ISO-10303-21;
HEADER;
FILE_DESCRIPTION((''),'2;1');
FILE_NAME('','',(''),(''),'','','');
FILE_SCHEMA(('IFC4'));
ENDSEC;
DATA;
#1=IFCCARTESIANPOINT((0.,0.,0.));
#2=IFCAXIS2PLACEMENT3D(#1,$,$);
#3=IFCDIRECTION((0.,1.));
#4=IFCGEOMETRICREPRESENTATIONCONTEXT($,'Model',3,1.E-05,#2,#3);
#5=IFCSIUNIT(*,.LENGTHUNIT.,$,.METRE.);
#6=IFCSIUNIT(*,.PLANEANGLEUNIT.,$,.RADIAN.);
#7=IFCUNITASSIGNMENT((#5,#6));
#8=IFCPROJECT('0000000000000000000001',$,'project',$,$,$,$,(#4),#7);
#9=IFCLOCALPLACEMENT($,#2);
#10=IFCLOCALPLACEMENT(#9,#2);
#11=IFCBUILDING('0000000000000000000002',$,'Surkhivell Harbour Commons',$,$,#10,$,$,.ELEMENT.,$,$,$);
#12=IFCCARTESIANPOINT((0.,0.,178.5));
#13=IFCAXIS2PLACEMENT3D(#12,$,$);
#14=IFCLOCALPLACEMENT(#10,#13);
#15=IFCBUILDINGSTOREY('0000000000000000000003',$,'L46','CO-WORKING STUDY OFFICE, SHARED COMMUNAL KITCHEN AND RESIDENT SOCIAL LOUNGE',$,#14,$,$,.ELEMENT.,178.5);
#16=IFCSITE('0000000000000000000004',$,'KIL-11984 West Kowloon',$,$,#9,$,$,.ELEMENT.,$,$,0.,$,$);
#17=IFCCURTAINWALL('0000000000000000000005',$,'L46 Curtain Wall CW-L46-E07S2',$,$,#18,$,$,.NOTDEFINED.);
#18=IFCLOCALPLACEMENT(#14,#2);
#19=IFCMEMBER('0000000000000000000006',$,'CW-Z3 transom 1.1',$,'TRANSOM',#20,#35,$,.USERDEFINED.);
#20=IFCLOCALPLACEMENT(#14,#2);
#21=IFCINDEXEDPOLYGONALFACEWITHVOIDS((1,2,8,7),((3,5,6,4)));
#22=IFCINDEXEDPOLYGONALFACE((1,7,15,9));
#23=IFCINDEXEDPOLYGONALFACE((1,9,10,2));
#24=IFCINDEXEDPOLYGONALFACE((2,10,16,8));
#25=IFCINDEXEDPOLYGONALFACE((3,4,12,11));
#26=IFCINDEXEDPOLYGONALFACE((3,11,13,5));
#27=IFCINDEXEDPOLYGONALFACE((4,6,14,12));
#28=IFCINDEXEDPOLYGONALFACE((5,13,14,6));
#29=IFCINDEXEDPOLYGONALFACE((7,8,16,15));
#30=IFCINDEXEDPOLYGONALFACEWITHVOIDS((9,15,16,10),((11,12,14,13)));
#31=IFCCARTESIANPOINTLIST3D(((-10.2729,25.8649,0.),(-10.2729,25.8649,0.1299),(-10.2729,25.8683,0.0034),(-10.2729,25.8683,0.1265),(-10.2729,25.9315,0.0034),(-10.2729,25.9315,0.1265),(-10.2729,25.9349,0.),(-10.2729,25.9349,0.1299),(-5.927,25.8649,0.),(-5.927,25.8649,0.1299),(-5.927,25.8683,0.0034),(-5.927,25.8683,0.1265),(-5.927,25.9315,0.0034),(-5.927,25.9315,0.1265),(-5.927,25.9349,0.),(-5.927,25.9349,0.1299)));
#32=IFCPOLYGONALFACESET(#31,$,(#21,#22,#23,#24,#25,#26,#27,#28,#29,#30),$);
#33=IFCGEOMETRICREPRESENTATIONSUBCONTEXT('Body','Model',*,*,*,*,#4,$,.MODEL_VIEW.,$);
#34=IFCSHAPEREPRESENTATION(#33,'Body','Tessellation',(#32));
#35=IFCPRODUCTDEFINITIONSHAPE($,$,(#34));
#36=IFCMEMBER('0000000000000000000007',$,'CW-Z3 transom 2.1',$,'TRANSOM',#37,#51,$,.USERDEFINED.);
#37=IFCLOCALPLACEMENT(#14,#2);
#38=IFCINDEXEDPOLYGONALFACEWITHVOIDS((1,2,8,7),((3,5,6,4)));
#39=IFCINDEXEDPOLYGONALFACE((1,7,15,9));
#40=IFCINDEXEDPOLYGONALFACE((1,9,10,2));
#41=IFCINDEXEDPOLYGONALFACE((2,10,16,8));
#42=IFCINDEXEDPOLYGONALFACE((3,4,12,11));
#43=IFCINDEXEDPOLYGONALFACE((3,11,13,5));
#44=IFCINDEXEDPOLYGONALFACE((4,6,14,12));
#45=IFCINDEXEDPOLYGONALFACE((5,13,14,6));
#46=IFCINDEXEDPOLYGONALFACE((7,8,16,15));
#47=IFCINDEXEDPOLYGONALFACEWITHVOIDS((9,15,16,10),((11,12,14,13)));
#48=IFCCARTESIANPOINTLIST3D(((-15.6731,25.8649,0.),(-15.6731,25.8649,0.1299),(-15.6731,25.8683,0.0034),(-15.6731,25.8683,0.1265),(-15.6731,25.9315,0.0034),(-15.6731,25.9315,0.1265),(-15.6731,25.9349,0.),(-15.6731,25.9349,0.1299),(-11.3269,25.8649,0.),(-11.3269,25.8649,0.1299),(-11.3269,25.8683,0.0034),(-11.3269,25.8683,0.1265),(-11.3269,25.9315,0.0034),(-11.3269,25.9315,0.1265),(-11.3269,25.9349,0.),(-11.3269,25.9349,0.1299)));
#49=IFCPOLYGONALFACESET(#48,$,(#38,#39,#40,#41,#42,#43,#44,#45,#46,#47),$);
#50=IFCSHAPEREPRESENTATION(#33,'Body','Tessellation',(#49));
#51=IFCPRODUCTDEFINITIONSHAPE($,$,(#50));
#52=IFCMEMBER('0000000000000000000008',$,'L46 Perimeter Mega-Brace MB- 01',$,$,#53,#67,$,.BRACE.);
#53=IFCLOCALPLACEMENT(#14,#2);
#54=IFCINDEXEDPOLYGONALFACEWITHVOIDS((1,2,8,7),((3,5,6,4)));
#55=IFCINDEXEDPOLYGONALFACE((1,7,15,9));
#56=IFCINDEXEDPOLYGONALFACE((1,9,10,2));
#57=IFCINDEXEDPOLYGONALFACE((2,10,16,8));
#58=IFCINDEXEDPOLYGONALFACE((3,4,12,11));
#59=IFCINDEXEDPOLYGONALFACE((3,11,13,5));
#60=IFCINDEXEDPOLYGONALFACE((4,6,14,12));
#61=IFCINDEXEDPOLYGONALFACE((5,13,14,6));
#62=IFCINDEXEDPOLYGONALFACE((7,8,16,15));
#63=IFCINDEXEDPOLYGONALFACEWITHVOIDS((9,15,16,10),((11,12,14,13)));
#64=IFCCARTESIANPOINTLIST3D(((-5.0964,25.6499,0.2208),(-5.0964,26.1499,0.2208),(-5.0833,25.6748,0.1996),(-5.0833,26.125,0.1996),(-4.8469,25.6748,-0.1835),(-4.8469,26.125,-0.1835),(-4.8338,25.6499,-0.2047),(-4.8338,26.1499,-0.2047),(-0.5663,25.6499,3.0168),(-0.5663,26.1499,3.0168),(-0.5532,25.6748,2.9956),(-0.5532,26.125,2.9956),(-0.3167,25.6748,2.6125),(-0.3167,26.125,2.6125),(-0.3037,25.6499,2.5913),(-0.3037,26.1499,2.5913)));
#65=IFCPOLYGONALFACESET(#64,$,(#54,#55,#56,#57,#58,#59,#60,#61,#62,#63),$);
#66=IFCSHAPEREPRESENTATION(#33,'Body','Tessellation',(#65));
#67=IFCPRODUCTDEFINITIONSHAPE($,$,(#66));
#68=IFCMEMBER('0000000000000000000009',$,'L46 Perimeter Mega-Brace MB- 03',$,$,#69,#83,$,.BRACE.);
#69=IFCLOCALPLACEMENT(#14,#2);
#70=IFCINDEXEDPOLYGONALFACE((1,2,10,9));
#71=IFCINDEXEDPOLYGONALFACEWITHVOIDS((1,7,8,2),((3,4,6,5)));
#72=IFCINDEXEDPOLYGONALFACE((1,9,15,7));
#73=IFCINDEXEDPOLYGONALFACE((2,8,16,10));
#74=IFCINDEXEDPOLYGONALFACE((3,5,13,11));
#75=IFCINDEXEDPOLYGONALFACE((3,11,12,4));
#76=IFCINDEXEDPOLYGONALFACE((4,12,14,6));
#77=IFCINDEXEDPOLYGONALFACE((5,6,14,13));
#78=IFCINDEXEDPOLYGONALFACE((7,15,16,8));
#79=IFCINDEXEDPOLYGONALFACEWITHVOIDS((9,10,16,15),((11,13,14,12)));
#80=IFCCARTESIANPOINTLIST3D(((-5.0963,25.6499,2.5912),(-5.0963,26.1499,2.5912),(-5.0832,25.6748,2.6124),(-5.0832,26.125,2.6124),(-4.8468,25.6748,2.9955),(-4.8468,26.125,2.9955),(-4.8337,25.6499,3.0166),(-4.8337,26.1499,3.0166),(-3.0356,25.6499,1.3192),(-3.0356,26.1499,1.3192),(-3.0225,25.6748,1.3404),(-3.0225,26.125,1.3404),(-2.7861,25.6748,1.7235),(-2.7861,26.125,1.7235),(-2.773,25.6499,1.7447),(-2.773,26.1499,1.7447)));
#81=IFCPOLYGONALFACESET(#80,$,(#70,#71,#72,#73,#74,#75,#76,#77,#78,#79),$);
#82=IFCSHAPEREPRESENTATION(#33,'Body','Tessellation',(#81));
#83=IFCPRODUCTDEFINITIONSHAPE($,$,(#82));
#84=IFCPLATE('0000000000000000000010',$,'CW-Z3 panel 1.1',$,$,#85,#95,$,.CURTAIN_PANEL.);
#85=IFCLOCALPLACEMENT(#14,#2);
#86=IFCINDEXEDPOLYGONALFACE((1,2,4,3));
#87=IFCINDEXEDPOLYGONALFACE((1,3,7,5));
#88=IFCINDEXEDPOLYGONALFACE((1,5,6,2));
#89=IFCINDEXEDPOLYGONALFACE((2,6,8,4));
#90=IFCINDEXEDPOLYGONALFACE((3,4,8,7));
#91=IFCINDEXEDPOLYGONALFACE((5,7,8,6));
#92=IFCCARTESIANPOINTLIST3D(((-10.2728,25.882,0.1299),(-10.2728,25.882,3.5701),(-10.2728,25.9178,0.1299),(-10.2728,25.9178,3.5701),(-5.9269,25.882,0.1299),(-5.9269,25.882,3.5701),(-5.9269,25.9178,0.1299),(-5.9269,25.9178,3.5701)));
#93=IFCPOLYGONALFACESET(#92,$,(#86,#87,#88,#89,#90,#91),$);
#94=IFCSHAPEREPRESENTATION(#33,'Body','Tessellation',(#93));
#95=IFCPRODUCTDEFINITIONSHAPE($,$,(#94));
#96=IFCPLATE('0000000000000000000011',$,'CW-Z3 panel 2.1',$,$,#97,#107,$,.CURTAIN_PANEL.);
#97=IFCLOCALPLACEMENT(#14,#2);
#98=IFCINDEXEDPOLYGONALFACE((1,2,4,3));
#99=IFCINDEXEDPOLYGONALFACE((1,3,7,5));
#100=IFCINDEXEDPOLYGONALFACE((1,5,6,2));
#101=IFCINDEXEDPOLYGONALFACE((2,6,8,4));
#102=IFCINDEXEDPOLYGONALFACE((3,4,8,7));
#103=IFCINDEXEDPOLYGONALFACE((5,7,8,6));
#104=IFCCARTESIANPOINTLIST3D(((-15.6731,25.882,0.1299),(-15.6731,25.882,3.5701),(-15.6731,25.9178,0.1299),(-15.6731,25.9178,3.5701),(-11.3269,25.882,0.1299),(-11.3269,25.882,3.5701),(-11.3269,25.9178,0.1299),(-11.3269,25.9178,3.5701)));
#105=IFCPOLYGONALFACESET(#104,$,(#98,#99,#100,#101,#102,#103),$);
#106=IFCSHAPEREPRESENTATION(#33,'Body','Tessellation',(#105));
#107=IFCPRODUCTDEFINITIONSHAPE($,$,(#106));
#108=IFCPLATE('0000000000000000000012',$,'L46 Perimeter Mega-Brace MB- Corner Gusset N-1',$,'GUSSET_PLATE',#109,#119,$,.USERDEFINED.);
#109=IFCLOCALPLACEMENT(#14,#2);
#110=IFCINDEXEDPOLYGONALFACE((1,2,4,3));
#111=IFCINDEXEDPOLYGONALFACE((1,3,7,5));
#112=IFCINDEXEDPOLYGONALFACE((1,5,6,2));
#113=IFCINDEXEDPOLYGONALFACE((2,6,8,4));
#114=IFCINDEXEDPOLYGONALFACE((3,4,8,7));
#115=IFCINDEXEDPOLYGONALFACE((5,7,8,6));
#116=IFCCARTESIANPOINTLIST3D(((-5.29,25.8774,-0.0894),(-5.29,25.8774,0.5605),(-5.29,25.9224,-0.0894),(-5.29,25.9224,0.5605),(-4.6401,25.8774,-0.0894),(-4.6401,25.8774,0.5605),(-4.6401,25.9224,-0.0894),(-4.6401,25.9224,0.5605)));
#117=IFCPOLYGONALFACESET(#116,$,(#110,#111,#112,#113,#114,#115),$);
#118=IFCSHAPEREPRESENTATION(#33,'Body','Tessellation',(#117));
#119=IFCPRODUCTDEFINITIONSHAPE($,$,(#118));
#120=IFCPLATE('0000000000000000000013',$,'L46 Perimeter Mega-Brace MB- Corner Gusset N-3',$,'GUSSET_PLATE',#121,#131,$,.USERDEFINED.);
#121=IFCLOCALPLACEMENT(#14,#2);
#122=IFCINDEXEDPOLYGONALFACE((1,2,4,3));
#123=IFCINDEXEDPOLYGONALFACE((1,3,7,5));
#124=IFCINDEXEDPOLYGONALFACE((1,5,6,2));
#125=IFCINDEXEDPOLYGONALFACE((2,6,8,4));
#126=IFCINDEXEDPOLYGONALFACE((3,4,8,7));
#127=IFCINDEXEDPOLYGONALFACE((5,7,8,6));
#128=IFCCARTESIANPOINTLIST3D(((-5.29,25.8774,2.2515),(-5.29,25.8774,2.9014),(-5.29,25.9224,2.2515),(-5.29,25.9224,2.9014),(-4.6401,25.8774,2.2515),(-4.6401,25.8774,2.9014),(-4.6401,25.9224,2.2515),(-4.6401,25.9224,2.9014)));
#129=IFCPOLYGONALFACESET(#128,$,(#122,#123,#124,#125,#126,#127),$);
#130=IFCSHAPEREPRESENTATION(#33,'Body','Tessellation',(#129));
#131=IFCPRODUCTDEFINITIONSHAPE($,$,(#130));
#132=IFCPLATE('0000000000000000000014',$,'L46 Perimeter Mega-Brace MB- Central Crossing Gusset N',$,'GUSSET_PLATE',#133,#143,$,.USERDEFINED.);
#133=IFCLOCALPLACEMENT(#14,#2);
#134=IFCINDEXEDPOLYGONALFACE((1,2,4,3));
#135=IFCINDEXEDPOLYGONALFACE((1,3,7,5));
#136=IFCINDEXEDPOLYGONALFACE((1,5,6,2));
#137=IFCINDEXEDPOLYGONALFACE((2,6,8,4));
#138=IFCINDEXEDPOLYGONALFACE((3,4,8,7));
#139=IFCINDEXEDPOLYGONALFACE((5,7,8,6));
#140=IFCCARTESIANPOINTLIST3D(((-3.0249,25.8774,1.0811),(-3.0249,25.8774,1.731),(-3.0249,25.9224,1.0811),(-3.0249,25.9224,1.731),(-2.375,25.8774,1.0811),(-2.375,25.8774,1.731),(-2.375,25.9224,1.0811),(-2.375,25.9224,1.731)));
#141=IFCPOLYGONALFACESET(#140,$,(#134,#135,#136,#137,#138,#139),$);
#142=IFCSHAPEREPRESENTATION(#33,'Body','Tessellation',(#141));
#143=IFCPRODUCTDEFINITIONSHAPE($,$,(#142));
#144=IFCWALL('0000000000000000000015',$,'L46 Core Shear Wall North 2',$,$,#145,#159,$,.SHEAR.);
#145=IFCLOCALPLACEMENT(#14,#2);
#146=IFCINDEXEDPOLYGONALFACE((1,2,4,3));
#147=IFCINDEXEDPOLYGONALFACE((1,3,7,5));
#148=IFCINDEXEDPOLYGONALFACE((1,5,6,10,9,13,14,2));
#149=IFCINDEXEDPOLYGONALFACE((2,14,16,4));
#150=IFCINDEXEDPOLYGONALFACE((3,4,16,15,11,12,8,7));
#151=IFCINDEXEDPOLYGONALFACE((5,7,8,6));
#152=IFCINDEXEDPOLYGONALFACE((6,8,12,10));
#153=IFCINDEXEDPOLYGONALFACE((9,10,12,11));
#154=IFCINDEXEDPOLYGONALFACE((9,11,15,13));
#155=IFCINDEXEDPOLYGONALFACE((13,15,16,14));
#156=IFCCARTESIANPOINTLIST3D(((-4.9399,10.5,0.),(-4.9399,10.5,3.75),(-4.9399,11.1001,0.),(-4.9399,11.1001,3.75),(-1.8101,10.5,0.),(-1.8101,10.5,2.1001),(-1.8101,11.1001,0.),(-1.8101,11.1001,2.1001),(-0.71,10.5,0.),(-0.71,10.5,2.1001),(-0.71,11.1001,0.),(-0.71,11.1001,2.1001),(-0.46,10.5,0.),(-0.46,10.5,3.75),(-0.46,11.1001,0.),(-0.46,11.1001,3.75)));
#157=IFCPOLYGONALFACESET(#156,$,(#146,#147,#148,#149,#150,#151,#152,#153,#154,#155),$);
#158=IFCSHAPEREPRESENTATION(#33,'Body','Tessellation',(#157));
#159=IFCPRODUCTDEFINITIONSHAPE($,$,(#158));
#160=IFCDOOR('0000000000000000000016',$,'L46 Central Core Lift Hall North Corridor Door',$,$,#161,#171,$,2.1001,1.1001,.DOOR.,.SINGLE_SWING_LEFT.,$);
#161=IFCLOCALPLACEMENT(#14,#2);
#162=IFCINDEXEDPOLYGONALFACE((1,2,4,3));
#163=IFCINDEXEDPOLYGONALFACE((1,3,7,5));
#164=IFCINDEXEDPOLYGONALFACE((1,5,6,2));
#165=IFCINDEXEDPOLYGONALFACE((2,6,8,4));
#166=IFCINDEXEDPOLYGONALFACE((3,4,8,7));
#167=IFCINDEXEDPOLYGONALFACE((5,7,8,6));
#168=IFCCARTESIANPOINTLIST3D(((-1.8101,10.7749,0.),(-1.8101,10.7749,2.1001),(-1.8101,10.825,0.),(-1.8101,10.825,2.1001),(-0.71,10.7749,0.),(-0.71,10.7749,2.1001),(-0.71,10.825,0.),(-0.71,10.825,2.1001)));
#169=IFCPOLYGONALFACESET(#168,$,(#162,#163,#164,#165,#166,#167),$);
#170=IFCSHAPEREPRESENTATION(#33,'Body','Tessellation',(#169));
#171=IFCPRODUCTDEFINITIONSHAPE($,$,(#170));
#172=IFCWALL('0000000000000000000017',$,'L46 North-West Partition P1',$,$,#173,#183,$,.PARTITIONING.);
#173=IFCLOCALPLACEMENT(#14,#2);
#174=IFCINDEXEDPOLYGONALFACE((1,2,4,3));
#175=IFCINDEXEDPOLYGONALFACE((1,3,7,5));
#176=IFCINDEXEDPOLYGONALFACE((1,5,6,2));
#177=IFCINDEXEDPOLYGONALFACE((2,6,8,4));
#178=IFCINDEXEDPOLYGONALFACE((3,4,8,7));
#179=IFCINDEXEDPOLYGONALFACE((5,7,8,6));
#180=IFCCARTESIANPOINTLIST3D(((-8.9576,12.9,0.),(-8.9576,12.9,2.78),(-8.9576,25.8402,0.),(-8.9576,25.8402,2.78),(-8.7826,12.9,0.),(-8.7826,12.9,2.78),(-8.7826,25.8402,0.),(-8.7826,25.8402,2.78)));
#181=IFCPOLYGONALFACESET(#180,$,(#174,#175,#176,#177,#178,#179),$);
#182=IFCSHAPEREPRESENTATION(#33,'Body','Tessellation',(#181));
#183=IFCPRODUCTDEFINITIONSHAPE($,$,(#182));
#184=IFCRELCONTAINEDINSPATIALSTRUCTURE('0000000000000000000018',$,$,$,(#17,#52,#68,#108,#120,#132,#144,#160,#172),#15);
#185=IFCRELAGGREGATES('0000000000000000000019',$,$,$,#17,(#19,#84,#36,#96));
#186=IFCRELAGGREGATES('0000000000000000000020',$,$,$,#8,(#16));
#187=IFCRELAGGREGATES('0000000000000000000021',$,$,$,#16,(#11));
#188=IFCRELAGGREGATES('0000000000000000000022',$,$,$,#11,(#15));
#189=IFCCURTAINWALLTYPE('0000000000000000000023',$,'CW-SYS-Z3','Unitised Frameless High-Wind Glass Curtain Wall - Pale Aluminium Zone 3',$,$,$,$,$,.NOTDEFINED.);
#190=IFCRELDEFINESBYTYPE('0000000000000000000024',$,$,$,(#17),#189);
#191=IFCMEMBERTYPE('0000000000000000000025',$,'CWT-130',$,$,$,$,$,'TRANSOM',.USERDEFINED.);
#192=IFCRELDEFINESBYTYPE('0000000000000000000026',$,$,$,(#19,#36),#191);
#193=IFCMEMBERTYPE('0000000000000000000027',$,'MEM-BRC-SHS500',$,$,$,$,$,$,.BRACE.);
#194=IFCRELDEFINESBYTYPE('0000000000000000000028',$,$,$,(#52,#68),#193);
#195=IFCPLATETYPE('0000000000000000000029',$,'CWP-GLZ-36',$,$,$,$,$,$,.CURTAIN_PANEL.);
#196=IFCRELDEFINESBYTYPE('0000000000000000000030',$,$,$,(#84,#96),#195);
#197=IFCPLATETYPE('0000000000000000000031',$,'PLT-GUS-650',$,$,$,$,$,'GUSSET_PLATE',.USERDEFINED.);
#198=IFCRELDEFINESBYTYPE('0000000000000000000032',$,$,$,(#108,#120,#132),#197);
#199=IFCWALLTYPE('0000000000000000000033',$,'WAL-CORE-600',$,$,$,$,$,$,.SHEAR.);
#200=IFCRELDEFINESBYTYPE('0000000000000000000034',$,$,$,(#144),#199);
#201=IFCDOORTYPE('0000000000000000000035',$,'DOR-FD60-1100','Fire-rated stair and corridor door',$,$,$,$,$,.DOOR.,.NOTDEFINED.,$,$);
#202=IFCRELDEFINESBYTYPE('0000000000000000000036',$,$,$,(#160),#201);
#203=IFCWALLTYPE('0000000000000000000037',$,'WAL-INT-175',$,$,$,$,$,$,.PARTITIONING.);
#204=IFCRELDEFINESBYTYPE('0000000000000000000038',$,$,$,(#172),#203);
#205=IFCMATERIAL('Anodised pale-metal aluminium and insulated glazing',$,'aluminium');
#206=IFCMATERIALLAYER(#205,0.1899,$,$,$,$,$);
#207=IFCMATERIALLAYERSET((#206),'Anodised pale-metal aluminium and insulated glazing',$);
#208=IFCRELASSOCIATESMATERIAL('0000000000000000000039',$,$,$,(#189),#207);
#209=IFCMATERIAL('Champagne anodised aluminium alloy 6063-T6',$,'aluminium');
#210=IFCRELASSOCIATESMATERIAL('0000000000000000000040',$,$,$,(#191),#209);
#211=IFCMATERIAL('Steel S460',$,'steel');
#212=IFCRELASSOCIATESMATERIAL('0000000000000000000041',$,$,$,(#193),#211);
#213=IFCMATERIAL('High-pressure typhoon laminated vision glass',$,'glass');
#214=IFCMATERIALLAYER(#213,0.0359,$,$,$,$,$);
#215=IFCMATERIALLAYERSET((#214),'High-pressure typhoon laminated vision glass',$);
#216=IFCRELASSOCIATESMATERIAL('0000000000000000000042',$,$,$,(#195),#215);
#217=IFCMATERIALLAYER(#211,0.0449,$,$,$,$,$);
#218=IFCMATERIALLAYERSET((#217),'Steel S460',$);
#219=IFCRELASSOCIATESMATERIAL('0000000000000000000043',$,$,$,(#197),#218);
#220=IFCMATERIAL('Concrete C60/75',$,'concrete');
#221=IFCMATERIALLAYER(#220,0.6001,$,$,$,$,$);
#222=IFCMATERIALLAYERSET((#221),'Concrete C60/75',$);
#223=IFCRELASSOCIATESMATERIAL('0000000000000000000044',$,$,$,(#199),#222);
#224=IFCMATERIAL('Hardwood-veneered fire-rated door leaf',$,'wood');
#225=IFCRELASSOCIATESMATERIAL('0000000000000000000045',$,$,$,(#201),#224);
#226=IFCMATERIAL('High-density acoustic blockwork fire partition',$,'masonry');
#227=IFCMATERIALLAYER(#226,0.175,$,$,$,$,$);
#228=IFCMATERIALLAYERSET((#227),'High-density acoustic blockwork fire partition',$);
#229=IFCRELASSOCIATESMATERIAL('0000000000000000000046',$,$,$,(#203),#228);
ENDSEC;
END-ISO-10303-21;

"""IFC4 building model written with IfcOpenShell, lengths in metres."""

from ifc_helpers import new_model, si_unit, direction, frame, frame_2d, origin, origin_2d, place, context, subcontext, project, spatial, rectangle, hollow_rectangle, extrude, material, layer, layer_set, material_profile, profile_set, type_object, element, fill, aggregate, save


model = new_model("IFC4")

# Units and contexts
model_context = context("Model", 3, precision=1e-05, world=origin(), true_north=direction((0.0, 1.0)))
body_context = subcontext(model_context, "Body", "Model", "MODEL_VIEW")
ifc_project = project(units=[si_unit("LENGTHUNIT", "METRE"), si_unit("PLANEANGLEUNIT", "RADIAN")], contexts=[model_context])

# Site, building, storey
site_placement = place(None, origin())
site = spatial("IfcSite", under=ifc_project, at=site_placement, Name="KIL-11984 West Kowloon", CompositionType="ELEMENT", RefElevation=0.0)
building_placement = place(site_placement, origin())
building = spatial("IfcBuilding", under=site, at=building_placement, Name="Surkhivell Harbour Commons", CompositionType="ELEMENT")
storey_placement = place(building_placement, frame((0.0, 0.0, 178.5)))
storey = spatial("IfcBuildingStorey", under=building, at=storey_placement, Name="L46", Description="CO-WORKING STUDY OFFICE, SHARED COMMUNAL KITCHEN AND RESIDENT SOCIAL LOUNGE", CompositionType="ELEMENT", Elevation=178.5)

# Shared definitions
ifc_material_1 = material(Name="Concrete C60/75", Category="concrete")

# Curtain wall, members
ifc_material_2 = material(Name="Anodised pale-metal aluminium and insulated glazing", Category="aluminium")
ifc_layer_1 = layer(ifc_material_2, 0.1899)
ifc_layer_set_1 = layer_set([ifc_layer_1], Name="Anodised pale-metal aluminium and insulated glazing")
curtain_wall_type = type_object("IfcCurtainWallType", Name="CW-SYS-Z3", Description="Unitised Frameless High-Wind Glass Curtain Wall - Pale Aluminium Zone 3", PredefinedType="NOTDEFINED", material=ifc_layer_set_1)
curtain_wall_placement = place(storey_placement, origin())
curtain_wall = element("IfcCurtainWall", 1, at=curtain_wall_placement, inside=storey, type_object=curtain_wall_type, Name="L46 Curtain Wall CW-L46-E07S2", PredefinedType="NOTDEFINED")
ifc_material_3 = material(Name="Champagne anodised aluminium alloy 6063-T6", Category="aluminium")
ifc_material_profile_1 = material_profile(ifc_material_3, hollow_rectangle(XDim=0.0701, YDim=0.1299, WallThickness=0.0034, at=origin_2d()), Name="ALU-TRAN-70x130")
ifc_profile_set_1 = profile_set([ifc_material_profile_1], Name="Champagne anodised aluminium alloy 6063-T6")
member_type_1 = type_object("IfcMemberType", Name="CWT-130", ElementType="TRANSOM", PredefinedType="USERDEFINED", material=ifc_profile_set_1)
member_1_placement = place(storey_placement, frame((-5.927, 25.8999, 0.0649), z_axis=(-1.0, 0.0, 0.0), x_axis=(0.0, -1.0, 0.0)))
member_1 = element("IfcMember", 2, at=member_1_placement, type_object=member_type_1, Name="CW-Z3 transom 1.1", ObjectType="TRANSOM", PredefinedType="USERDEFINED", context=body_context, shape_type="SweptSolid", body=[
    extrude(hollow_rectangle(XDim=0.0701, YDim=0.1299, WallThickness=0.0034, at=origin_2d()), origin(), (0.0, 0.0, 1.0), 4.3459),
])
member_2_placement = place(storey_placement, frame((-11.3269, 25.8999, 0.0649), z_axis=(-1.0, 0.0, 0.0), x_axis=(0.0, -1.0, 0.0)))
member_2 = element("IfcMember", 3, at=member_2_placement, type_object=member_type_1, Name="CW-Z3 transom 2.1", ObjectType="TRANSOM", PredefinedType="USERDEFINED", context=body_context, shape_type="SweptSolid", body=[
    extrude(hollow_rectangle(XDim=0.0701, YDim=0.1299, WallThickness=0.0034, at=origin_2d()), origin(), (0.0, 0.0, 1.0), 4.3462),
])

# Members
ifc_material_4 = material(Name="Steel S460", Category="steel")
ifc_material_profile_2 = material_profile(ifc_material_4, hollow_rectangle(XDim=0.5, YDim=0.5, WallThickness=0.0249, at=origin_2d()), Name="SHS500x500x25")
ifc_profile_set_2 = profile_set([ifc_material_profile_2], Name="Steel S460")
member_type_2 = type_object("IfcMemberType", Name="MEM-BRC-SHS500", PredefinedType="BRACE", material=ifc_profile_set_2)
member_3_placement = place(storey_placement, frame((-4.9651, 25.8999, 0.0081), z_axis=(0.850971, 0.0, 0.525213), x_axis=(0.0, 1.0, 0.0)))
element("IfcMember", 4, at=member_3_placement, inside=storey, type_object=member_type_2, Name="L46 Perimeter Mega-Brace MB- 01", PredefinedType="BRACE", context=body_context, shape_type="SweptSolid", body=[
    extrude(hollow_rectangle(XDim=0.5, YDim=0.5, WallThickness=0.0249, at=origin_2d()), origin(), (0.0, 0.0, 1.0), 5.3235),
])
member_4_placement = place(storey_placement, frame((-2.9043, 25.8999, 1.532), z_axis=(-0.850958, 0.0, 0.525233), x_axis=(0.0, -1.0, 0.0)))
element("IfcMember", 5, at=member_4_placement, inside=storey, type_object=member_type_2, Name="L46 Perimeter Mega-Brace MB- 03", PredefinedType="BRACE", context=body_context, shape_type="SweptSolid", body=[
    extrude(hollow_rectangle(XDim=0.5, YDim=0.5, WallThickness=0.0249, at=origin_2d()), origin(), (0.0, 0.0, 1.0), 2.4216),
])

# Plates
ifc_material_5 = material(Name="High-pressure typhoon laminated vision glass", Category="glass")
ifc_layer_2 = layer(ifc_material_5, 0.0359)
ifc_layer_set_2 = layer_set([ifc_layer_2], Name="High-pressure typhoon laminated vision glass")
plate_type_1 = type_object("IfcPlateType", Name="CWP-GLZ-36", PredefinedType="CURTAIN_PANEL", material=ifc_layer_set_2)
plate_1_placement = place(storey_placement, frame((-5.927, 25.8999, 0.1299), z_axis=(0.0, 0.0, 1.0), x_axis=(-1.0, 0.0, 0.0)))
plate_1 = element("IfcPlate", 6, at=plate_1_placement, type_object=plate_type_1, Name="CW-Z3 panel 1.1", PredefinedType="CURTAIN_PANEL", context=body_context, shape_type="SweptSolid", body=[
    extrude(rectangle(XDim=4.3459, YDim=0.0359, at=frame_2d((2.1729, 0.0))), origin(), (0.0, 0.0, 1.0), 3.4402),
])
plate_2_placement = place(storey_placement, frame((-11.3269, 25.8999, 0.1299), z_axis=(0.0, 0.0, 1.0), x_axis=(-1.0, 0.0, 0.0)))
plate_2 = element("IfcPlate", 7, at=plate_2_placement, type_object=plate_type_1, Name="CW-Z3 panel 2.1", PredefinedType="CURTAIN_PANEL", context=body_context, shape_type="SweptSolid", body=[
    extrude(rectangle(XDim=4.3462, YDim=0.0359, at=frame_2d((2.1731, 0.0))), origin(), (0.0, 0.0, 1.0), 3.4402),
])
aggregate(curtain_wall, [member_1, plate_1, member_2, plate_2])

# Plates
ifc_layer_3 = layer(ifc_material_4, 0.0449)
ifc_layer_set_3 = layer_set([ifc_layer_3], Name="Steel S460")
plate_type_2 = type_object("IfcPlateType", Name="PLT-GUS-650", ElementType="GUSSET_PLATE", PredefinedType="USERDEFINED", material=ifc_layer_set_3)
for number, where, z_axis, x_axis, name in (
    (8, (-4.9651, 25.8999, -0.0894), (0.0, 0.0, 1.0), (1.0, 0.0, 0.0), "L46 Perimeter Mega-Brace MB- Corner Gusset N-1"),
    (9, (-4.9651, 25.8999, 2.2515), (0.0, 0.0, 1.0), (1.0, 0.0, 0.0), "L46 Perimeter Mega-Brace MB- Corner Gusset N-3"),
    (10, (-2.7, 25.8999, 1.0811), (0.0, 0.0, 1.0), (1.0, 0.0, 0.0), "L46 Perimeter Mega-Brace MB- Central Crossing Gusset N"),
):
    element("IfcPlate", number, at=place(storey_placement, frame(where, z_axis=z_axis, x_axis=x_axis)), inside=storey, type_object=plate_type_2, Name=name, ObjectType="GUSSET_PLATE", PredefinedType="USERDEFINED", context=body_context, shape_type="SweptSolid", body=[
        extrude(rectangle(XDim=0.6499, YDim=0.0449, at=origin_2d()), origin(), (0.0, 0.0, 1.0), 0.6499),
    ])

# Wall, opening, door
ifc_layer_4 = layer(ifc_material_1, 0.6001)
ifc_layer_set_4 = layer_set([ifc_layer_4], Name="Concrete C60/75")
wall_type_1 = type_object("IfcWallType", Name="WAL-CORE-600", PredefinedType="SHEAR", material=ifc_layer_set_4)
wall_1_placement = place(storey_placement, frame((-4.9399, 10.8, 0.0), z_axis=(0.0, 0.0, 1.0), x_axis=(1.0, 0.0, 0.0)))
wall_1 = element("IfcWall", 11, at=wall_1_placement, inside=storey, type_object=wall_type_1, Name="L46 Core Shear Wall North 2", PredefinedType="SHEAR", context=body_context, shape_type="SweptSolid", body=[
    extrude(rectangle(XDim=4.48, YDim=0.6001, at=frame_2d((2.24, 0.0))), origin(), (0.0, 0.0, 1.0), 3.75),
])
opening_1_placement = place(wall_1_placement, frame((3.1299, 0.0, 0.0)))
opening_1 = element("IfcOpeningElement", 12, at=opening_1_placement, cuts=wall_1, PredefinedType="OPENING", context=body_context, shape_type="SweptSolid", body=[
    extrude(rectangle(XDim=1.1001, YDim=2.1001, at=frame_2d((0.55, 1.05))), frame((0.0, 0.3101, 0.0), z_axis=(0.0, -1.0, 0.0), x_axis=(1.0, 0.0, 0.0)), (0.0, 0.0, 1.0), 0.6201),
])
ifc_material_6 = material(Name="Hardwood-veneered fire-rated door leaf", Category="wood")
door_type_1 = type_object("IfcDoorType", Name="DOR-FD60-1100", Description="Fire-rated stair and corridor door", OperationType="NOTDEFINED", PredefinedType="DOOR", material=ifc_material_6)
door_1_placement = place(opening_1_placement, origin())
door_1 = element("IfcDoor", 13, at=door_1_placement, inside=storey, type_object=door_type_1, Name="L46 Central Core Lift Hall North Corridor Door", OperationType="SINGLE_SWING_LEFT", OverallHeight=2.1001, OverallWidth=1.1001, PredefinedType="DOOR", context=body_context, shape_type="SweptSolid", body=[
    extrude(rectangle(XDim=1.1001, YDim=2.1001, at=frame_2d((0.55, 1.05))), frame((0.0, 0.0249, 0.0), z_axis=(0.0, -1.0, 0.0), x_axis=(1.0, 0.0, 0.0)), (0.0, 0.0, 1.0), 0.05),
])
fill(opening_1, door_1)

# Wall
ifc_material_7 = material(Name="High-density acoustic blockwork fire partition", Category="masonry")
ifc_layer_5 = layer(ifc_material_7, 0.175)
ifc_layer_set_5 = layer_set([ifc_layer_5], Name="High-density acoustic blockwork fire partition")
wall_type_2 = type_object("IfcWallType", Name="WAL-INT-175", PredefinedType="PARTITIONING", material=ifc_layer_set_5)
wall_2_placement = place(storey_placement, frame((-8.8701, 12.8999, 0.0), z_axis=(0.0, 0.0, 1.0), x_axis=(0.0, 1.0, 0.0)))
element("IfcWall", 14, at=wall_2_placement, inside=storey, type_object=wall_type_2, Name="L46 North-West Partition P1", PredefinedType="PARTITIONING", context=body_context, shape_type="SweptSolid", body=[
    extrude(rectangle(XDim=12.9402, YDim=0.175, at=frame_2d((6.4702, 0.0))), origin(), (0.0, 0.0, 1.0), 2.78),
])

save(model, "model.ifc")
